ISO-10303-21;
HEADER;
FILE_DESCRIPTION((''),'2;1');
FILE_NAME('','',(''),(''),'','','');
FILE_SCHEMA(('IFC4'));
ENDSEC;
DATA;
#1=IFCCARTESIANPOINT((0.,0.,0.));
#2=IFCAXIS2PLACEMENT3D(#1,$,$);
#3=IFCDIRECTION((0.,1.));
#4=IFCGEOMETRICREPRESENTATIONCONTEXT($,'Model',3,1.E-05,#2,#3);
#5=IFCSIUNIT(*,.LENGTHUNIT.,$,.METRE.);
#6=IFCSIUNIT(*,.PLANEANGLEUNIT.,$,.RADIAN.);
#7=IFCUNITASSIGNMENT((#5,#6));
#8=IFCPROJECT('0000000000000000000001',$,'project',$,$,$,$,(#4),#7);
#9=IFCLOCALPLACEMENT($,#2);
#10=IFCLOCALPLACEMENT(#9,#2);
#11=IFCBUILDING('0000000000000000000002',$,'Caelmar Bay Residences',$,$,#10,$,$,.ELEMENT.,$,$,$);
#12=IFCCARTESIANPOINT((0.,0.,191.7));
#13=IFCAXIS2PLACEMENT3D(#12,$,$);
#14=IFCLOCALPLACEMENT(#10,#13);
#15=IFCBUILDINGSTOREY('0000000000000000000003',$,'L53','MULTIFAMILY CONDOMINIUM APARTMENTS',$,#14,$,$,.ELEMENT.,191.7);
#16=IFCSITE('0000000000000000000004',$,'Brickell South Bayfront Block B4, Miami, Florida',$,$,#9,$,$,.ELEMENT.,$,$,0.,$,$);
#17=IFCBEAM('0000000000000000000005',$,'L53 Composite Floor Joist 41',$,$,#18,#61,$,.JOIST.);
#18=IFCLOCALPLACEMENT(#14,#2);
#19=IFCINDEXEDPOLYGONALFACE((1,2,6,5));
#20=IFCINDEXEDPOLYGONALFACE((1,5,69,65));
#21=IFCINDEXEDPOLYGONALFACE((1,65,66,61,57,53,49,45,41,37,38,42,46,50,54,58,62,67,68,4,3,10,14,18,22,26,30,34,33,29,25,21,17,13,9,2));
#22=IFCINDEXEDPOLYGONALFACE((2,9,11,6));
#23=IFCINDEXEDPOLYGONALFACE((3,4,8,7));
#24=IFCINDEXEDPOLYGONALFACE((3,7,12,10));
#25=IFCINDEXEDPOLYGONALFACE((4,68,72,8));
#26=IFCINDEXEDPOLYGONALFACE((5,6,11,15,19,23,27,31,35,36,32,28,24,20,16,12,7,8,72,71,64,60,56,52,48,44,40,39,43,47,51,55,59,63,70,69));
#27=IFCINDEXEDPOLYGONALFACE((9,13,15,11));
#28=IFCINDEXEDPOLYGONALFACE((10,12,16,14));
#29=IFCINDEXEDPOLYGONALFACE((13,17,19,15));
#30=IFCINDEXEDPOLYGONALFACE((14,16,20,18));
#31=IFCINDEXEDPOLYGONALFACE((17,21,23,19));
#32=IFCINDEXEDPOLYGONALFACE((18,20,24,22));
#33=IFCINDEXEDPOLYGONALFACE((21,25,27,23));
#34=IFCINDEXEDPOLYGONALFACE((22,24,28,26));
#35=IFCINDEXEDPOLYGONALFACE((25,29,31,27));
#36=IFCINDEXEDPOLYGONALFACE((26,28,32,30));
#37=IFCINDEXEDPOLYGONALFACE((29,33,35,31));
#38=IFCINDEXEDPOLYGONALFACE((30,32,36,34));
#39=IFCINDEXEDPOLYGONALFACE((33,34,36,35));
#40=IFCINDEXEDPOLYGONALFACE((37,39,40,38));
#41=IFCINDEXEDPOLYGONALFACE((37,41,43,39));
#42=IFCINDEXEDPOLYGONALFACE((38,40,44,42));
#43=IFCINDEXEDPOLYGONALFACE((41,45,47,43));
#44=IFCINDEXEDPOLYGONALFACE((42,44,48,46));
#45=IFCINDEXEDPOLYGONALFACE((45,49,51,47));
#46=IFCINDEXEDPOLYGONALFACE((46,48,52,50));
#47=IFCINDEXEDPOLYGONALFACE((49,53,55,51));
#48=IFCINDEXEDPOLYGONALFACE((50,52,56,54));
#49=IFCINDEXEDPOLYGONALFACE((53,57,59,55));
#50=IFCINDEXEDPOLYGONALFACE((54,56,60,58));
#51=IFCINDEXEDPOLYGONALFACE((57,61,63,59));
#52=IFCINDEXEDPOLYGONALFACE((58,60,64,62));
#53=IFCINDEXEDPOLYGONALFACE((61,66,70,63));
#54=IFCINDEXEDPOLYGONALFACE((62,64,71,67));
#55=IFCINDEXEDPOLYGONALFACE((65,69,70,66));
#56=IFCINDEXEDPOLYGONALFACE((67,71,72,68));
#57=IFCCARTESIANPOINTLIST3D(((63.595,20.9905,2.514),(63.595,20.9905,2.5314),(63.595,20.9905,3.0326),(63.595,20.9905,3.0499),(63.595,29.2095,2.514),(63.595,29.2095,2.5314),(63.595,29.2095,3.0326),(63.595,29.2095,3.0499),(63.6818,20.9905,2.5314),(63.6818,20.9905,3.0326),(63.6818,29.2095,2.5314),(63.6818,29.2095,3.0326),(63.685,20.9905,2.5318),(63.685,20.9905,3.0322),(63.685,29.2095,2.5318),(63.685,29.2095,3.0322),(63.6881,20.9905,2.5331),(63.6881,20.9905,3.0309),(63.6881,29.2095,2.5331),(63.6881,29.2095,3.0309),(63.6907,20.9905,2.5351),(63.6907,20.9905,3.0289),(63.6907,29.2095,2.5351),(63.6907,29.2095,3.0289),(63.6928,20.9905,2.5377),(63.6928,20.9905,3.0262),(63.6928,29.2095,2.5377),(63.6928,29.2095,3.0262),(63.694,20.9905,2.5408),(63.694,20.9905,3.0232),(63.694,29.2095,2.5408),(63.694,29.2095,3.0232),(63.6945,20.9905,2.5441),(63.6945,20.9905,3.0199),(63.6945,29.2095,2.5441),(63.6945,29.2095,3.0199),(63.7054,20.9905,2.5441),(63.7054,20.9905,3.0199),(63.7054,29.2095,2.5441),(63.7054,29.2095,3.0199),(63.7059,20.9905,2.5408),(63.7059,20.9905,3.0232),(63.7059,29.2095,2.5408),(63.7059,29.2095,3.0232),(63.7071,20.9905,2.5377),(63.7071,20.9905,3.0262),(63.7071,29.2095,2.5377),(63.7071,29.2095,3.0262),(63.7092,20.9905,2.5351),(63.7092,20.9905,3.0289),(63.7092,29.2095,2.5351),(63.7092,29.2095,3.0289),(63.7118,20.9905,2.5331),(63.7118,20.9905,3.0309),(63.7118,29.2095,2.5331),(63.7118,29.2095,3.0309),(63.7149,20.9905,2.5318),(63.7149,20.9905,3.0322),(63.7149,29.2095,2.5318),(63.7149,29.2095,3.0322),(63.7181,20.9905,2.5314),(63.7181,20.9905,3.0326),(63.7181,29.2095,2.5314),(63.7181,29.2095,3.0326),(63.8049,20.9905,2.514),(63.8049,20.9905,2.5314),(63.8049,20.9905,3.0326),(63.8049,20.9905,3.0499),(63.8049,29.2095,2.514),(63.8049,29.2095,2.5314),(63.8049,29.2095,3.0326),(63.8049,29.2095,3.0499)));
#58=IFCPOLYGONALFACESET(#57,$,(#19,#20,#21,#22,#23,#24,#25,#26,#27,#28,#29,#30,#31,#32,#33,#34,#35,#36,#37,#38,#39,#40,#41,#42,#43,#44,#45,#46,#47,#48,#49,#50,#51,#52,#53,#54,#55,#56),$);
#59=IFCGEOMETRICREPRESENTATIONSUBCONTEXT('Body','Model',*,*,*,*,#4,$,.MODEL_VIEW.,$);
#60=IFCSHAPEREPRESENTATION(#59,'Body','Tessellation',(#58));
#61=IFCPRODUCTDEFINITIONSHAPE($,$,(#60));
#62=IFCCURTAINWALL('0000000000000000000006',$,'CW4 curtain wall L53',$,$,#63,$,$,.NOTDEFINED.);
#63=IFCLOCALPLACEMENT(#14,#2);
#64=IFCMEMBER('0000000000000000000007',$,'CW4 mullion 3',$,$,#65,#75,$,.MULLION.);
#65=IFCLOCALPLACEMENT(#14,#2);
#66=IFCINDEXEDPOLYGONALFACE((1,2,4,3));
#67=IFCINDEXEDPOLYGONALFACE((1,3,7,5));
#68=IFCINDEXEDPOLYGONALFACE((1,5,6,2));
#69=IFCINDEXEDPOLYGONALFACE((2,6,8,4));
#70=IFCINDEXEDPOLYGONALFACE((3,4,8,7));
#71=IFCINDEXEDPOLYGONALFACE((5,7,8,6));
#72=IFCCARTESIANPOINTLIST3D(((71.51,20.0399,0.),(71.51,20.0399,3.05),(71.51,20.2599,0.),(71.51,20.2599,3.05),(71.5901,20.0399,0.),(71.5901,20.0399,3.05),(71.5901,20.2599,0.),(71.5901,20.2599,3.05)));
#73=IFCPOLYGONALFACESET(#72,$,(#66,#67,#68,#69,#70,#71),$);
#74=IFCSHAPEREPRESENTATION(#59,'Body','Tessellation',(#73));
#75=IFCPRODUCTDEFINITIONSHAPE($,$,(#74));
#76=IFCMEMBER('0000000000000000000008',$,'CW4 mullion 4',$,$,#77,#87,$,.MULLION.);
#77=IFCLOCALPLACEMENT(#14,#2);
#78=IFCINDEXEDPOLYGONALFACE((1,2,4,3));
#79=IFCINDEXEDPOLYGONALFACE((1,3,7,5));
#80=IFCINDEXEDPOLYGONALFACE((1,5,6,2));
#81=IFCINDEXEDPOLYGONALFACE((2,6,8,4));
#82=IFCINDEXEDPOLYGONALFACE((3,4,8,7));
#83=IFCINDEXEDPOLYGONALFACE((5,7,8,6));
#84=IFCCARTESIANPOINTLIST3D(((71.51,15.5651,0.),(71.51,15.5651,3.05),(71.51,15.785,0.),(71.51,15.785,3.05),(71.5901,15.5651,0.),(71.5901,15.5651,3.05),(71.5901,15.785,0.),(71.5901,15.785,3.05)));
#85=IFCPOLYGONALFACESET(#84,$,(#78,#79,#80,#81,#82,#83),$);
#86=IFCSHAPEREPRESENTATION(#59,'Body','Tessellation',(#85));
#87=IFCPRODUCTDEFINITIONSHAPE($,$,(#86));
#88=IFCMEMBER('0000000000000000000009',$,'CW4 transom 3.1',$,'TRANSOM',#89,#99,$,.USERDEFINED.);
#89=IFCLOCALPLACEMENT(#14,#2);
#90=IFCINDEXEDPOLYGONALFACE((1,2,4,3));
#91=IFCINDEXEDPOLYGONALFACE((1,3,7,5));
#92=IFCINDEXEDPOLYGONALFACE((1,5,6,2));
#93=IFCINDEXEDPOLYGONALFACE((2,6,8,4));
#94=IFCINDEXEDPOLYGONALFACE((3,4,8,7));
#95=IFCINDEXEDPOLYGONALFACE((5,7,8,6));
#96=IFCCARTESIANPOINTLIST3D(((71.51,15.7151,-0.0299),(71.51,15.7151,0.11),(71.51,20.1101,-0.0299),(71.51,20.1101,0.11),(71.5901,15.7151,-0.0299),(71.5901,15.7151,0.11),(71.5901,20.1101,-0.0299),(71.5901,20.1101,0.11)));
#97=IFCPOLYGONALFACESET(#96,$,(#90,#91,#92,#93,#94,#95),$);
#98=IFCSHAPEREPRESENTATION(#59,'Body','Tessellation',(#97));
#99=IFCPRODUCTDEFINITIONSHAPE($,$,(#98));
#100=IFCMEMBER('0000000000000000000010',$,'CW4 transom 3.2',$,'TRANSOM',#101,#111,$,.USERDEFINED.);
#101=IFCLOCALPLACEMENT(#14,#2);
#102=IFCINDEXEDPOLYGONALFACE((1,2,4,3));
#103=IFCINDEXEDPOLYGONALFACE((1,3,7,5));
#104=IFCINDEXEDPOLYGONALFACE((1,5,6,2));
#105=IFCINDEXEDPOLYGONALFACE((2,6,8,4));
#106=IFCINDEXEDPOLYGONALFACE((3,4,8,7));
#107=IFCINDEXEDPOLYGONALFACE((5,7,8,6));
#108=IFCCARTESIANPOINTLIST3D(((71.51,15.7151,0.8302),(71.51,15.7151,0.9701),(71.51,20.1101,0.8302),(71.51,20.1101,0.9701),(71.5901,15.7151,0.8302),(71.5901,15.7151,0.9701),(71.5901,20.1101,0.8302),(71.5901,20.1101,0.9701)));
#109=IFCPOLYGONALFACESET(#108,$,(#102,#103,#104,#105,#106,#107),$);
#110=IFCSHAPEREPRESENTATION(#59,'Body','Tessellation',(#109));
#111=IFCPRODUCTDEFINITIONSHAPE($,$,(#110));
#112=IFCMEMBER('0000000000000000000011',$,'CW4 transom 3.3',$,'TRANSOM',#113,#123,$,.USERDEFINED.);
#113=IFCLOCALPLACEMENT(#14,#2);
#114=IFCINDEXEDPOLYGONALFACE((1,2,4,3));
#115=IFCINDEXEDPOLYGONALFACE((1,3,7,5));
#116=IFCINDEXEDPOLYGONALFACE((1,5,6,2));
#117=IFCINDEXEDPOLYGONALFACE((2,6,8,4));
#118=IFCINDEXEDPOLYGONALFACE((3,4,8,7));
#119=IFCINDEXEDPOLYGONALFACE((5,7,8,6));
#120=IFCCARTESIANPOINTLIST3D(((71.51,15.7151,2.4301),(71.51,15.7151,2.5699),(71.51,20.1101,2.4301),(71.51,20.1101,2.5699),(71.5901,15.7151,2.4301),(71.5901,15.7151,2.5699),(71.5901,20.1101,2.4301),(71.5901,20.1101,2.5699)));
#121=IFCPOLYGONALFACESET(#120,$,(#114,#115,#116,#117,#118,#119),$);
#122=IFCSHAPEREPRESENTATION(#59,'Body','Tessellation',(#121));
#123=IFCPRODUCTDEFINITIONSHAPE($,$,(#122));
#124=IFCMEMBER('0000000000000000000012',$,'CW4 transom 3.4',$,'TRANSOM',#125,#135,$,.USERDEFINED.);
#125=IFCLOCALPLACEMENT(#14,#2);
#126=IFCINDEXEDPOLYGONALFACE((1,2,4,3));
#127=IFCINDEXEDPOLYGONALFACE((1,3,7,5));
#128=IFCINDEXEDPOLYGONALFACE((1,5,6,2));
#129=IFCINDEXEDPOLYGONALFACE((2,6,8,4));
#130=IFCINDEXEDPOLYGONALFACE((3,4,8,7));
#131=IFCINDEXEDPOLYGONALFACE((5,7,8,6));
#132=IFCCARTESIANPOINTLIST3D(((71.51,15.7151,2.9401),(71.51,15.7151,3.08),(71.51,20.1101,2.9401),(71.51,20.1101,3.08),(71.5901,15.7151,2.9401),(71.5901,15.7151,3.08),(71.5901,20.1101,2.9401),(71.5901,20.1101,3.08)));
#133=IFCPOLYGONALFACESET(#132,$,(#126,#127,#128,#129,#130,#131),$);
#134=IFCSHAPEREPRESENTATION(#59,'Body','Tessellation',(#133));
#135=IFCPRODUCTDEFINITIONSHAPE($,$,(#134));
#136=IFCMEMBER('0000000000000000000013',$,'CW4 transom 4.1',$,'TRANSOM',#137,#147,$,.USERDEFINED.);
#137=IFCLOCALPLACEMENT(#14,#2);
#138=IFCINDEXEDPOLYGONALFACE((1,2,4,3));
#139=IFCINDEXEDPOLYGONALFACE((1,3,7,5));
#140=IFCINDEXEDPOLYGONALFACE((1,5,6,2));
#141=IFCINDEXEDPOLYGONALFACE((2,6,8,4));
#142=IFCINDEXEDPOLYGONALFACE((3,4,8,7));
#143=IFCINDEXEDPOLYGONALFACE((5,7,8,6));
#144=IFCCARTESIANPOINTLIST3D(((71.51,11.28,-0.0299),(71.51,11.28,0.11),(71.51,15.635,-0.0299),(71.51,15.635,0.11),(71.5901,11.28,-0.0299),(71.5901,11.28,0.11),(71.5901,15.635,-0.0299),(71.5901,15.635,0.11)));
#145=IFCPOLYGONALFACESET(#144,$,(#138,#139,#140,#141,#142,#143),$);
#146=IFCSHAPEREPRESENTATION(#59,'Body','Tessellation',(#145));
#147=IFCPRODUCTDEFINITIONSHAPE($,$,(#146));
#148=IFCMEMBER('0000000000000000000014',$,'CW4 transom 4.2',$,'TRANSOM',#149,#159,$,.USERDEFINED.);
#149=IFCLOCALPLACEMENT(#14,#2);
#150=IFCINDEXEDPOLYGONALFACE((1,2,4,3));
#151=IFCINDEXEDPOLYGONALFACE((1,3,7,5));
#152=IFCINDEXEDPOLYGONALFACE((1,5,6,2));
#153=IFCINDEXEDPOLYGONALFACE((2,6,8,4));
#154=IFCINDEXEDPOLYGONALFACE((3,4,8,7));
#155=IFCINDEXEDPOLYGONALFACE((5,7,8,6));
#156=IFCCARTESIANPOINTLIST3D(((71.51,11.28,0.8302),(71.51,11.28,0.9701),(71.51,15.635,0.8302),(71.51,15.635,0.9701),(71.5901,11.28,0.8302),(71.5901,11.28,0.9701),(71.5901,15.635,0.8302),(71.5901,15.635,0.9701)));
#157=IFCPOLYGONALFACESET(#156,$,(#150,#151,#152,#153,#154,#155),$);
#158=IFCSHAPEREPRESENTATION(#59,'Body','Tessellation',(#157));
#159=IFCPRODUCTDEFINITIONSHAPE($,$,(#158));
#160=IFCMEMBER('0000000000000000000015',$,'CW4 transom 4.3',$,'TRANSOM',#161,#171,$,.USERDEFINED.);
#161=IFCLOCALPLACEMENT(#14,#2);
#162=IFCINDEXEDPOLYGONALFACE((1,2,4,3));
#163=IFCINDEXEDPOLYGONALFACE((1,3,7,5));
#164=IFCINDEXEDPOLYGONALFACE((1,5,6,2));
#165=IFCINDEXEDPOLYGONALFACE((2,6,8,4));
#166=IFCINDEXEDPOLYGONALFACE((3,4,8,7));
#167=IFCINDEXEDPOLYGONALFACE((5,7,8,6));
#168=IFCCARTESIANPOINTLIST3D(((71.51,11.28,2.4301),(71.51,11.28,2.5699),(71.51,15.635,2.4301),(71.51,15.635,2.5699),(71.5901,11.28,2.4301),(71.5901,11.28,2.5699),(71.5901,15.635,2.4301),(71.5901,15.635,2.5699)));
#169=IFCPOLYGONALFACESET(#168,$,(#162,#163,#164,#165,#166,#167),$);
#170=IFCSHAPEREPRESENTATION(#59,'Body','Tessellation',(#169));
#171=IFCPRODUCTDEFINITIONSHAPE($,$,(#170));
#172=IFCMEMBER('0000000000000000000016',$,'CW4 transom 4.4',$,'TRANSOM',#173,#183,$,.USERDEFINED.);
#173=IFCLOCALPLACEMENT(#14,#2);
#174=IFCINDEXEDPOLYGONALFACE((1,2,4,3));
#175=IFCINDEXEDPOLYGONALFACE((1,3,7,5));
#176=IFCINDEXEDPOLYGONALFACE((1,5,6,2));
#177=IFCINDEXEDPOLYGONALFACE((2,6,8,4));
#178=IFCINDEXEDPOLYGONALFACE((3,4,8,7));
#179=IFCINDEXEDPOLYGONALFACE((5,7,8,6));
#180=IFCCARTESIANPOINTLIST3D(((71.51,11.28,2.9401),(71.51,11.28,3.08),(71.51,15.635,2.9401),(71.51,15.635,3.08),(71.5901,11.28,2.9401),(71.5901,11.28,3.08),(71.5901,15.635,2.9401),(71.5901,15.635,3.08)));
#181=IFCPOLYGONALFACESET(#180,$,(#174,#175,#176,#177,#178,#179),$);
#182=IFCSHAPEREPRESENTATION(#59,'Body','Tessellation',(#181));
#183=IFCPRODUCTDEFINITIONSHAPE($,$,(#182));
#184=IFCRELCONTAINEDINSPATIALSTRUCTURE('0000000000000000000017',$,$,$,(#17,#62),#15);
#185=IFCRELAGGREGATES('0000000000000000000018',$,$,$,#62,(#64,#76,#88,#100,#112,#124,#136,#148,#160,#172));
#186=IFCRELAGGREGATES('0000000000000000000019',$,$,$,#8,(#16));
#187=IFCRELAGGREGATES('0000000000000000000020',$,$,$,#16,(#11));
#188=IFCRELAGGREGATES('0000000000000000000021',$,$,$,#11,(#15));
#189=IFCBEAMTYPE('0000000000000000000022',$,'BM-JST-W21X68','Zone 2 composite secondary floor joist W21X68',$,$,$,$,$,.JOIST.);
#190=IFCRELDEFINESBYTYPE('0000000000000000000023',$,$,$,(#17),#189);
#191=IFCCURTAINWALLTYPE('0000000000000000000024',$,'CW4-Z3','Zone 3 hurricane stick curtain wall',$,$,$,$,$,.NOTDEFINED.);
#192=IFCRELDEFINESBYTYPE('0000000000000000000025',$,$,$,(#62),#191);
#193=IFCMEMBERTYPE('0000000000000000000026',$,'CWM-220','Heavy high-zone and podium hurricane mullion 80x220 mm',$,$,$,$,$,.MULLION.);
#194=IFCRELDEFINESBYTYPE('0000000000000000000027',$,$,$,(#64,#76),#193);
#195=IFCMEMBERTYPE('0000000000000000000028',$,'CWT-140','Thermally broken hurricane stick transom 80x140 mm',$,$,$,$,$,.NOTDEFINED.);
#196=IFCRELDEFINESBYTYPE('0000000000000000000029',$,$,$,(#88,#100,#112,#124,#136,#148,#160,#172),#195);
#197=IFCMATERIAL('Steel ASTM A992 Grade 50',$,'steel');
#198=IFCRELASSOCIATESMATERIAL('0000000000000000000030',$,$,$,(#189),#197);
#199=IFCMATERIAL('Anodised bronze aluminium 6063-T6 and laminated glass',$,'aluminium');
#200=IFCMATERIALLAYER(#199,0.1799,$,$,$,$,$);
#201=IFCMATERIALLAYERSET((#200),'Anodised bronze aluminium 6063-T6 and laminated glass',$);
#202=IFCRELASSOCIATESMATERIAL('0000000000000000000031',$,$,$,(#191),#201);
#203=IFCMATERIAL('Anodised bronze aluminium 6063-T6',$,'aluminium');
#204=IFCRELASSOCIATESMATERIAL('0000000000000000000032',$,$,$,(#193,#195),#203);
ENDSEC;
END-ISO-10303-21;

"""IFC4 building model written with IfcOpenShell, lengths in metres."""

from ifc_helpers import new_model, si_unit, direction, frame, origin, origin_2d, place, context, subcontext, project, spatial, rectangle, i_section, extrude, material, layer, layer_set, material_profile, profile_set, type_object, element, aggregate, save


model = new_model("IFC4")

# Units and contexts
model_context = context("Model", 3, precision=1e-05, world=origin(), true_north=direction((0.0, 1.0)))
body_context = subcontext(model_context, "Body", "Model", "MODEL_VIEW")
ifc_project = project(units=[si_unit("LENGTHUNIT", "METRE"), si_unit("PLANEANGLEUNIT", "RADIAN")], contexts=[model_context])

# Site, building, storey
site_placement = place(None, origin())
site = spatial("IfcSite", under=ifc_project, at=site_placement, Name="Brickell South Bayfront Block B4, Miami, Florida", CompositionType="ELEMENT", RefElevation=0.0)
building_placement = place(site_placement, origin())
building = spatial("IfcBuilding", under=site, at=building_placement, Name="Caelmar Bay Residences", CompositionType="ELEMENT")
storey_placement = place(building_placement, frame((0.0, 0.0, 191.7)))
storey = spatial("IfcBuildingStorey", under=building, at=storey_placement, Name="L53", Description="MULTIFAMILY CONDOMINIUM APARTMENTS", CompositionType="ELEMENT", Elevation=191.7)

# Beam
ifc_material_1 = material(Name="Steel ASTM A992 Grade 50", Category="steel")
ifc_material_profile_1 = material_profile(ifc_material_1, i_section(OverallWidth=0.21, OverallDepth=0.5359, WebThickness=0.011, FlangeThickness=0.0173, FilletRadius=0.0127, at=origin_2d()), Name="W21X68")
ifc_profile_set_1 = profile_set([ifc_material_profile_1], Name="Steel ASTM A992 Grade 50")
beam_type_1 = type_object("IfcBeamType", Name="BM-JST-W21X68", Description="Zone 2 composite secondary floor joist W21X68", PredefinedType="JOIST", material=ifc_profile_set_1)
beam_1_placement = place(storey_placement, frame((63.7, 20.9905, 2.782), z_axis=(0.0, 1.0, 0.0), x_axis=(-1.0, 0.0, 0.0)))
element("IfcBeam", 1, at=beam_1_placement, inside=storey, type_object=beam_type_1, Name="L53 Composite Floor Joist 41", PredefinedType="JOIST", context=body_context, shape_type="SweptSolid", body=[
    extrude(i_section(OverallWidth=0.21, OverallDepth=0.5359, WebThickness=0.011, FlangeThickness=0.0173, FilletRadius=0.0127, at=origin_2d()), origin(), (0.0, 0.0, 1.0), 8.219),
])

# Curtain wall, members
ifc_material_2 = material(Name="Anodised bronze aluminium 6063-T6 and laminated glass", Category="aluminium")
ifc_layer_1 = layer(ifc_material_2, 0.1799)
ifc_layer_set_1 = layer_set([ifc_layer_1], Name="Anodised bronze aluminium 6063-T6 and laminated glass")
curtain_wall_type = type_object("IfcCurtainWallType", Name="CW4-Z3", Description="Zone 3 hurricane stick curtain wall", PredefinedType="NOTDEFINED", material=ifc_layer_set_1)
curtain_wall_placement = place(storey_placement, origin())
curtain_wall = element("IfcCurtainWall", 2, at=curtain_wall_placement, inside=storey, type_object=curtain_wall_type, Name="CW4 curtain wall L53", PredefinedType="NOTDEFINED")
ifc_material_3 = material(Name="Anodised bronze aluminium 6063-T6", Category="aluminium")
ifc_material_profile_2 = material_profile(ifc_material_3, rectangle(XDim=0.0801, YDim=0.22, at=origin_2d()), Name="CWM-80X220")
ifc_profile_set_2 = profile_set([ifc_material_profile_2], Name="Anodised bronze aluminium 6063-T6")
member_type_1 = type_object("IfcMemberType", Name="CWM-220", Description="Heavy high-zone and podium hurricane mullion 80x220 mm", PredefinedType="MULLION", material=ifc_profile_set_2)
member_1_placement = place(storey_placement, frame((71.55, 20.1499, 0.0), z_axis=(0.0, 0.0, 1.0), x_axis=(1.0, 0.0, 0.0)))
member_1 = element("IfcMember", 3, at=member_1_placement, type_object=member_type_1, Name="CW4 mullion 3", PredefinedType="MULLION", context=body_context, shape_type="SweptSolid", body=[
    extrude(rectangle(XDim=0.0801, YDim=0.22, at=origin_2d()), origin(), (0.0, 0.0, 1.0), 3.05),
])
member_2_placement = place(storey_placement, frame((71.55, 15.675, 0.0), z_axis=(0.0, 0.0, 1.0), x_axis=(1.0, 0.0, 0.0)))
member_2 = element("IfcMember", 4, at=member_2_placement, type_object=member_type_1, Name="CW4 mullion 4", PredefinedType="MULLION", context=body_context, shape_type="SweptSolid", body=[
    extrude(rectangle(XDim=0.0801, YDim=0.22, at=origin_2d()), origin(), (0.0, 0.0, 1.0), 3.05),
])
ifc_material_profile_3 = material_profile(ifc_material_3, rectangle(XDim=0.0801, YDim=0.1399, at=origin_2d()), Name="CWT-80X140")
ifc_profile_set_3 = profile_set([ifc_material_profile_3], Name="Anodised bronze aluminium 6063-T6")
member_type_2 = type_object("IfcMemberType", Name="CWT-140", Description="Thermally broken hurricane stick transom 80x140 mm", PredefinedType="NOTDEFINED", material=ifc_profile_set_3)
member_3_placement = place(storey_placement, frame((71.55, 20.1101, 0.04), z_axis=(0.0, -1.0, 0.0), x_axis=(1.0, 0.0, 0.0)))
member_3 = element("IfcMember", 5, at=member_3_placement, type_object=member_type_2, Name="CW4 transom 3.1", ObjectType="TRANSOM", PredefinedType="USERDEFINED", context=body_context, shape_type="SweptSolid", body=[
    extrude(rectangle(XDim=0.0801, YDim=0.1399, at=origin_2d()), origin(), (0.0, 0.0, 1.0), 4.395),
])
member_4_placement = place(storey_placement, frame((71.55, 20.1101, 0.9001), z_axis=(0.0, -1.0, 0.0), x_axis=(1.0, 0.0, 0.0)))
member_4 = element("IfcMember", 6, at=member_4_placement, type_object=member_type_2, Name="CW4 transom 3.2", ObjectType="TRANSOM", PredefinedType="USERDEFINED", context=body_context, shape_type="SweptSolid", body=[
    extrude(rectangle(XDim=0.0801, YDim=0.1399, at=origin_2d()), origin(), (0.0, 0.0, 1.0), 4.395),
])
member_5_placement = place(storey_placement, frame((71.55, 20.1101, 2.5), z_axis=(0.0, -1.0, 0.0), x_axis=(1.0, 0.0, 0.0)))
member_5 = element("IfcMember", 7, at=member_5_placement, type_object=member_type_2, Name="CW4 transom 3.3", ObjectType="TRANSOM", PredefinedType="USERDEFINED", context=body_context, shape_type="SweptSolid", body=[
    extrude(rectangle(XDim=0.0801, YDim=0.1399, at=origin_2d()), origin(), (0.0, 0.0, 1.0), 4.395),
])
member_6_placement = place(storey_placement, frame((71.55, 20.1101, 3.01), z_axis=(0.0, -1.0, 0.0), x_axis=(1.0, 0.0, 0.0)))
member_6 = element("IfcMember", 8, at=member_6_placement, type_object=member_type_2, Name="CW4 transom 3.4", ObjectType="TRANSOM", PredefinedType="USERDEFINED", context=body_context, shape_type="SweptSolid", body=[
    extrude(rectangle(XDim=0.0801, YDim=0.1399, at=origin_2d()), origin(), (0.0, 0.0, 1.0), 4.395),
])
member_7_placement = place(storey_placement, frame((71.55, 15.635, 0.04), z_axis=(0.0, -1.0, 0.0), x_axis=(1.0, 0.0, 0.0)))
member_7 = element("IfcMember", 9, at=member_7_placement, type_object=member_type_2, Name="CW4 transom 4.1", ObjectType="TRANSOM", PredefinedType="USERDEFINED", context=body_context, shape_type="SweptSolid", body=[
    extrude(rectangle(XDim=0.0801, YDim=0.1399, at=origin_2d()), origin(), (0.0, 0.0, 1.0), 4.355),
])
member_8_placement = place(storey_placement, frame((71.55, 15.635, 0.9001), z_axis=(0.0, -1.0, 0.0), x_axis=(1.0, 0.0, 0.0)))
member_8 = element("IfcMember", 10, at=member_8_placement, type_object=member_type_2, Name="CW4 transom 4.2", ObjectType="TRANSOM", PredefinedType="USERDEFINED", context=body_context, shape_type="SweptSolid", body=[
    extrude(rectangle(XDim=0.0801, YDim=0.1399, at=origin_2d()), origin(), (0.0, 0.0, 1.0), 4.355),
])
member_9_placement = place(storey_placement, frame((71.55, 15.635, 2.5), z_axis=(0.0, -1.0, 0.0), x_axis=(1.0, 0.0, 0.0)))
member_9 = element("IfcMember", 11, at=member_9_placement, type_object=member_type_2, Name="CW4 transom 4.3", ObjectType="TRANSOM", PredefinedType="USERDEFINED", context=body_context, shape_type="SweptSolid", body=[
    extrude(rectangle(XDim=0.0801, YDim=0.1399, at=origin_2d()), origin(), (0.0, 0.0, 1.0), 4.355),
])
member_10_placement = place(storey_placement, frame((71.55, 15.635, 3.01), z_axis=(0.0, -1.0, 0.0), x_axis=(1.0, 0.0, 0.0)))
member_10 = element("IfcMember", 12, at=member_10_placement, type_object=member_type_2, Name="CW4 transom 4.4", ObjectType="TRANSOM", PredefinedType="USERDEFINED", context=body_context, shape_type="SweptSolid", body=[
    extrude(rectangle(XDim=0.0801, YDim=0.1399, at=origin_2d()), origin(), (0.0, 0.0, 1.0), 4.355),
])
aggregate(curtain_wall, [member_1, member_2, member_3, member_4, member_5, member_6, member_7, member_8, member_9, member_10])

save(model, "model.ifc")
